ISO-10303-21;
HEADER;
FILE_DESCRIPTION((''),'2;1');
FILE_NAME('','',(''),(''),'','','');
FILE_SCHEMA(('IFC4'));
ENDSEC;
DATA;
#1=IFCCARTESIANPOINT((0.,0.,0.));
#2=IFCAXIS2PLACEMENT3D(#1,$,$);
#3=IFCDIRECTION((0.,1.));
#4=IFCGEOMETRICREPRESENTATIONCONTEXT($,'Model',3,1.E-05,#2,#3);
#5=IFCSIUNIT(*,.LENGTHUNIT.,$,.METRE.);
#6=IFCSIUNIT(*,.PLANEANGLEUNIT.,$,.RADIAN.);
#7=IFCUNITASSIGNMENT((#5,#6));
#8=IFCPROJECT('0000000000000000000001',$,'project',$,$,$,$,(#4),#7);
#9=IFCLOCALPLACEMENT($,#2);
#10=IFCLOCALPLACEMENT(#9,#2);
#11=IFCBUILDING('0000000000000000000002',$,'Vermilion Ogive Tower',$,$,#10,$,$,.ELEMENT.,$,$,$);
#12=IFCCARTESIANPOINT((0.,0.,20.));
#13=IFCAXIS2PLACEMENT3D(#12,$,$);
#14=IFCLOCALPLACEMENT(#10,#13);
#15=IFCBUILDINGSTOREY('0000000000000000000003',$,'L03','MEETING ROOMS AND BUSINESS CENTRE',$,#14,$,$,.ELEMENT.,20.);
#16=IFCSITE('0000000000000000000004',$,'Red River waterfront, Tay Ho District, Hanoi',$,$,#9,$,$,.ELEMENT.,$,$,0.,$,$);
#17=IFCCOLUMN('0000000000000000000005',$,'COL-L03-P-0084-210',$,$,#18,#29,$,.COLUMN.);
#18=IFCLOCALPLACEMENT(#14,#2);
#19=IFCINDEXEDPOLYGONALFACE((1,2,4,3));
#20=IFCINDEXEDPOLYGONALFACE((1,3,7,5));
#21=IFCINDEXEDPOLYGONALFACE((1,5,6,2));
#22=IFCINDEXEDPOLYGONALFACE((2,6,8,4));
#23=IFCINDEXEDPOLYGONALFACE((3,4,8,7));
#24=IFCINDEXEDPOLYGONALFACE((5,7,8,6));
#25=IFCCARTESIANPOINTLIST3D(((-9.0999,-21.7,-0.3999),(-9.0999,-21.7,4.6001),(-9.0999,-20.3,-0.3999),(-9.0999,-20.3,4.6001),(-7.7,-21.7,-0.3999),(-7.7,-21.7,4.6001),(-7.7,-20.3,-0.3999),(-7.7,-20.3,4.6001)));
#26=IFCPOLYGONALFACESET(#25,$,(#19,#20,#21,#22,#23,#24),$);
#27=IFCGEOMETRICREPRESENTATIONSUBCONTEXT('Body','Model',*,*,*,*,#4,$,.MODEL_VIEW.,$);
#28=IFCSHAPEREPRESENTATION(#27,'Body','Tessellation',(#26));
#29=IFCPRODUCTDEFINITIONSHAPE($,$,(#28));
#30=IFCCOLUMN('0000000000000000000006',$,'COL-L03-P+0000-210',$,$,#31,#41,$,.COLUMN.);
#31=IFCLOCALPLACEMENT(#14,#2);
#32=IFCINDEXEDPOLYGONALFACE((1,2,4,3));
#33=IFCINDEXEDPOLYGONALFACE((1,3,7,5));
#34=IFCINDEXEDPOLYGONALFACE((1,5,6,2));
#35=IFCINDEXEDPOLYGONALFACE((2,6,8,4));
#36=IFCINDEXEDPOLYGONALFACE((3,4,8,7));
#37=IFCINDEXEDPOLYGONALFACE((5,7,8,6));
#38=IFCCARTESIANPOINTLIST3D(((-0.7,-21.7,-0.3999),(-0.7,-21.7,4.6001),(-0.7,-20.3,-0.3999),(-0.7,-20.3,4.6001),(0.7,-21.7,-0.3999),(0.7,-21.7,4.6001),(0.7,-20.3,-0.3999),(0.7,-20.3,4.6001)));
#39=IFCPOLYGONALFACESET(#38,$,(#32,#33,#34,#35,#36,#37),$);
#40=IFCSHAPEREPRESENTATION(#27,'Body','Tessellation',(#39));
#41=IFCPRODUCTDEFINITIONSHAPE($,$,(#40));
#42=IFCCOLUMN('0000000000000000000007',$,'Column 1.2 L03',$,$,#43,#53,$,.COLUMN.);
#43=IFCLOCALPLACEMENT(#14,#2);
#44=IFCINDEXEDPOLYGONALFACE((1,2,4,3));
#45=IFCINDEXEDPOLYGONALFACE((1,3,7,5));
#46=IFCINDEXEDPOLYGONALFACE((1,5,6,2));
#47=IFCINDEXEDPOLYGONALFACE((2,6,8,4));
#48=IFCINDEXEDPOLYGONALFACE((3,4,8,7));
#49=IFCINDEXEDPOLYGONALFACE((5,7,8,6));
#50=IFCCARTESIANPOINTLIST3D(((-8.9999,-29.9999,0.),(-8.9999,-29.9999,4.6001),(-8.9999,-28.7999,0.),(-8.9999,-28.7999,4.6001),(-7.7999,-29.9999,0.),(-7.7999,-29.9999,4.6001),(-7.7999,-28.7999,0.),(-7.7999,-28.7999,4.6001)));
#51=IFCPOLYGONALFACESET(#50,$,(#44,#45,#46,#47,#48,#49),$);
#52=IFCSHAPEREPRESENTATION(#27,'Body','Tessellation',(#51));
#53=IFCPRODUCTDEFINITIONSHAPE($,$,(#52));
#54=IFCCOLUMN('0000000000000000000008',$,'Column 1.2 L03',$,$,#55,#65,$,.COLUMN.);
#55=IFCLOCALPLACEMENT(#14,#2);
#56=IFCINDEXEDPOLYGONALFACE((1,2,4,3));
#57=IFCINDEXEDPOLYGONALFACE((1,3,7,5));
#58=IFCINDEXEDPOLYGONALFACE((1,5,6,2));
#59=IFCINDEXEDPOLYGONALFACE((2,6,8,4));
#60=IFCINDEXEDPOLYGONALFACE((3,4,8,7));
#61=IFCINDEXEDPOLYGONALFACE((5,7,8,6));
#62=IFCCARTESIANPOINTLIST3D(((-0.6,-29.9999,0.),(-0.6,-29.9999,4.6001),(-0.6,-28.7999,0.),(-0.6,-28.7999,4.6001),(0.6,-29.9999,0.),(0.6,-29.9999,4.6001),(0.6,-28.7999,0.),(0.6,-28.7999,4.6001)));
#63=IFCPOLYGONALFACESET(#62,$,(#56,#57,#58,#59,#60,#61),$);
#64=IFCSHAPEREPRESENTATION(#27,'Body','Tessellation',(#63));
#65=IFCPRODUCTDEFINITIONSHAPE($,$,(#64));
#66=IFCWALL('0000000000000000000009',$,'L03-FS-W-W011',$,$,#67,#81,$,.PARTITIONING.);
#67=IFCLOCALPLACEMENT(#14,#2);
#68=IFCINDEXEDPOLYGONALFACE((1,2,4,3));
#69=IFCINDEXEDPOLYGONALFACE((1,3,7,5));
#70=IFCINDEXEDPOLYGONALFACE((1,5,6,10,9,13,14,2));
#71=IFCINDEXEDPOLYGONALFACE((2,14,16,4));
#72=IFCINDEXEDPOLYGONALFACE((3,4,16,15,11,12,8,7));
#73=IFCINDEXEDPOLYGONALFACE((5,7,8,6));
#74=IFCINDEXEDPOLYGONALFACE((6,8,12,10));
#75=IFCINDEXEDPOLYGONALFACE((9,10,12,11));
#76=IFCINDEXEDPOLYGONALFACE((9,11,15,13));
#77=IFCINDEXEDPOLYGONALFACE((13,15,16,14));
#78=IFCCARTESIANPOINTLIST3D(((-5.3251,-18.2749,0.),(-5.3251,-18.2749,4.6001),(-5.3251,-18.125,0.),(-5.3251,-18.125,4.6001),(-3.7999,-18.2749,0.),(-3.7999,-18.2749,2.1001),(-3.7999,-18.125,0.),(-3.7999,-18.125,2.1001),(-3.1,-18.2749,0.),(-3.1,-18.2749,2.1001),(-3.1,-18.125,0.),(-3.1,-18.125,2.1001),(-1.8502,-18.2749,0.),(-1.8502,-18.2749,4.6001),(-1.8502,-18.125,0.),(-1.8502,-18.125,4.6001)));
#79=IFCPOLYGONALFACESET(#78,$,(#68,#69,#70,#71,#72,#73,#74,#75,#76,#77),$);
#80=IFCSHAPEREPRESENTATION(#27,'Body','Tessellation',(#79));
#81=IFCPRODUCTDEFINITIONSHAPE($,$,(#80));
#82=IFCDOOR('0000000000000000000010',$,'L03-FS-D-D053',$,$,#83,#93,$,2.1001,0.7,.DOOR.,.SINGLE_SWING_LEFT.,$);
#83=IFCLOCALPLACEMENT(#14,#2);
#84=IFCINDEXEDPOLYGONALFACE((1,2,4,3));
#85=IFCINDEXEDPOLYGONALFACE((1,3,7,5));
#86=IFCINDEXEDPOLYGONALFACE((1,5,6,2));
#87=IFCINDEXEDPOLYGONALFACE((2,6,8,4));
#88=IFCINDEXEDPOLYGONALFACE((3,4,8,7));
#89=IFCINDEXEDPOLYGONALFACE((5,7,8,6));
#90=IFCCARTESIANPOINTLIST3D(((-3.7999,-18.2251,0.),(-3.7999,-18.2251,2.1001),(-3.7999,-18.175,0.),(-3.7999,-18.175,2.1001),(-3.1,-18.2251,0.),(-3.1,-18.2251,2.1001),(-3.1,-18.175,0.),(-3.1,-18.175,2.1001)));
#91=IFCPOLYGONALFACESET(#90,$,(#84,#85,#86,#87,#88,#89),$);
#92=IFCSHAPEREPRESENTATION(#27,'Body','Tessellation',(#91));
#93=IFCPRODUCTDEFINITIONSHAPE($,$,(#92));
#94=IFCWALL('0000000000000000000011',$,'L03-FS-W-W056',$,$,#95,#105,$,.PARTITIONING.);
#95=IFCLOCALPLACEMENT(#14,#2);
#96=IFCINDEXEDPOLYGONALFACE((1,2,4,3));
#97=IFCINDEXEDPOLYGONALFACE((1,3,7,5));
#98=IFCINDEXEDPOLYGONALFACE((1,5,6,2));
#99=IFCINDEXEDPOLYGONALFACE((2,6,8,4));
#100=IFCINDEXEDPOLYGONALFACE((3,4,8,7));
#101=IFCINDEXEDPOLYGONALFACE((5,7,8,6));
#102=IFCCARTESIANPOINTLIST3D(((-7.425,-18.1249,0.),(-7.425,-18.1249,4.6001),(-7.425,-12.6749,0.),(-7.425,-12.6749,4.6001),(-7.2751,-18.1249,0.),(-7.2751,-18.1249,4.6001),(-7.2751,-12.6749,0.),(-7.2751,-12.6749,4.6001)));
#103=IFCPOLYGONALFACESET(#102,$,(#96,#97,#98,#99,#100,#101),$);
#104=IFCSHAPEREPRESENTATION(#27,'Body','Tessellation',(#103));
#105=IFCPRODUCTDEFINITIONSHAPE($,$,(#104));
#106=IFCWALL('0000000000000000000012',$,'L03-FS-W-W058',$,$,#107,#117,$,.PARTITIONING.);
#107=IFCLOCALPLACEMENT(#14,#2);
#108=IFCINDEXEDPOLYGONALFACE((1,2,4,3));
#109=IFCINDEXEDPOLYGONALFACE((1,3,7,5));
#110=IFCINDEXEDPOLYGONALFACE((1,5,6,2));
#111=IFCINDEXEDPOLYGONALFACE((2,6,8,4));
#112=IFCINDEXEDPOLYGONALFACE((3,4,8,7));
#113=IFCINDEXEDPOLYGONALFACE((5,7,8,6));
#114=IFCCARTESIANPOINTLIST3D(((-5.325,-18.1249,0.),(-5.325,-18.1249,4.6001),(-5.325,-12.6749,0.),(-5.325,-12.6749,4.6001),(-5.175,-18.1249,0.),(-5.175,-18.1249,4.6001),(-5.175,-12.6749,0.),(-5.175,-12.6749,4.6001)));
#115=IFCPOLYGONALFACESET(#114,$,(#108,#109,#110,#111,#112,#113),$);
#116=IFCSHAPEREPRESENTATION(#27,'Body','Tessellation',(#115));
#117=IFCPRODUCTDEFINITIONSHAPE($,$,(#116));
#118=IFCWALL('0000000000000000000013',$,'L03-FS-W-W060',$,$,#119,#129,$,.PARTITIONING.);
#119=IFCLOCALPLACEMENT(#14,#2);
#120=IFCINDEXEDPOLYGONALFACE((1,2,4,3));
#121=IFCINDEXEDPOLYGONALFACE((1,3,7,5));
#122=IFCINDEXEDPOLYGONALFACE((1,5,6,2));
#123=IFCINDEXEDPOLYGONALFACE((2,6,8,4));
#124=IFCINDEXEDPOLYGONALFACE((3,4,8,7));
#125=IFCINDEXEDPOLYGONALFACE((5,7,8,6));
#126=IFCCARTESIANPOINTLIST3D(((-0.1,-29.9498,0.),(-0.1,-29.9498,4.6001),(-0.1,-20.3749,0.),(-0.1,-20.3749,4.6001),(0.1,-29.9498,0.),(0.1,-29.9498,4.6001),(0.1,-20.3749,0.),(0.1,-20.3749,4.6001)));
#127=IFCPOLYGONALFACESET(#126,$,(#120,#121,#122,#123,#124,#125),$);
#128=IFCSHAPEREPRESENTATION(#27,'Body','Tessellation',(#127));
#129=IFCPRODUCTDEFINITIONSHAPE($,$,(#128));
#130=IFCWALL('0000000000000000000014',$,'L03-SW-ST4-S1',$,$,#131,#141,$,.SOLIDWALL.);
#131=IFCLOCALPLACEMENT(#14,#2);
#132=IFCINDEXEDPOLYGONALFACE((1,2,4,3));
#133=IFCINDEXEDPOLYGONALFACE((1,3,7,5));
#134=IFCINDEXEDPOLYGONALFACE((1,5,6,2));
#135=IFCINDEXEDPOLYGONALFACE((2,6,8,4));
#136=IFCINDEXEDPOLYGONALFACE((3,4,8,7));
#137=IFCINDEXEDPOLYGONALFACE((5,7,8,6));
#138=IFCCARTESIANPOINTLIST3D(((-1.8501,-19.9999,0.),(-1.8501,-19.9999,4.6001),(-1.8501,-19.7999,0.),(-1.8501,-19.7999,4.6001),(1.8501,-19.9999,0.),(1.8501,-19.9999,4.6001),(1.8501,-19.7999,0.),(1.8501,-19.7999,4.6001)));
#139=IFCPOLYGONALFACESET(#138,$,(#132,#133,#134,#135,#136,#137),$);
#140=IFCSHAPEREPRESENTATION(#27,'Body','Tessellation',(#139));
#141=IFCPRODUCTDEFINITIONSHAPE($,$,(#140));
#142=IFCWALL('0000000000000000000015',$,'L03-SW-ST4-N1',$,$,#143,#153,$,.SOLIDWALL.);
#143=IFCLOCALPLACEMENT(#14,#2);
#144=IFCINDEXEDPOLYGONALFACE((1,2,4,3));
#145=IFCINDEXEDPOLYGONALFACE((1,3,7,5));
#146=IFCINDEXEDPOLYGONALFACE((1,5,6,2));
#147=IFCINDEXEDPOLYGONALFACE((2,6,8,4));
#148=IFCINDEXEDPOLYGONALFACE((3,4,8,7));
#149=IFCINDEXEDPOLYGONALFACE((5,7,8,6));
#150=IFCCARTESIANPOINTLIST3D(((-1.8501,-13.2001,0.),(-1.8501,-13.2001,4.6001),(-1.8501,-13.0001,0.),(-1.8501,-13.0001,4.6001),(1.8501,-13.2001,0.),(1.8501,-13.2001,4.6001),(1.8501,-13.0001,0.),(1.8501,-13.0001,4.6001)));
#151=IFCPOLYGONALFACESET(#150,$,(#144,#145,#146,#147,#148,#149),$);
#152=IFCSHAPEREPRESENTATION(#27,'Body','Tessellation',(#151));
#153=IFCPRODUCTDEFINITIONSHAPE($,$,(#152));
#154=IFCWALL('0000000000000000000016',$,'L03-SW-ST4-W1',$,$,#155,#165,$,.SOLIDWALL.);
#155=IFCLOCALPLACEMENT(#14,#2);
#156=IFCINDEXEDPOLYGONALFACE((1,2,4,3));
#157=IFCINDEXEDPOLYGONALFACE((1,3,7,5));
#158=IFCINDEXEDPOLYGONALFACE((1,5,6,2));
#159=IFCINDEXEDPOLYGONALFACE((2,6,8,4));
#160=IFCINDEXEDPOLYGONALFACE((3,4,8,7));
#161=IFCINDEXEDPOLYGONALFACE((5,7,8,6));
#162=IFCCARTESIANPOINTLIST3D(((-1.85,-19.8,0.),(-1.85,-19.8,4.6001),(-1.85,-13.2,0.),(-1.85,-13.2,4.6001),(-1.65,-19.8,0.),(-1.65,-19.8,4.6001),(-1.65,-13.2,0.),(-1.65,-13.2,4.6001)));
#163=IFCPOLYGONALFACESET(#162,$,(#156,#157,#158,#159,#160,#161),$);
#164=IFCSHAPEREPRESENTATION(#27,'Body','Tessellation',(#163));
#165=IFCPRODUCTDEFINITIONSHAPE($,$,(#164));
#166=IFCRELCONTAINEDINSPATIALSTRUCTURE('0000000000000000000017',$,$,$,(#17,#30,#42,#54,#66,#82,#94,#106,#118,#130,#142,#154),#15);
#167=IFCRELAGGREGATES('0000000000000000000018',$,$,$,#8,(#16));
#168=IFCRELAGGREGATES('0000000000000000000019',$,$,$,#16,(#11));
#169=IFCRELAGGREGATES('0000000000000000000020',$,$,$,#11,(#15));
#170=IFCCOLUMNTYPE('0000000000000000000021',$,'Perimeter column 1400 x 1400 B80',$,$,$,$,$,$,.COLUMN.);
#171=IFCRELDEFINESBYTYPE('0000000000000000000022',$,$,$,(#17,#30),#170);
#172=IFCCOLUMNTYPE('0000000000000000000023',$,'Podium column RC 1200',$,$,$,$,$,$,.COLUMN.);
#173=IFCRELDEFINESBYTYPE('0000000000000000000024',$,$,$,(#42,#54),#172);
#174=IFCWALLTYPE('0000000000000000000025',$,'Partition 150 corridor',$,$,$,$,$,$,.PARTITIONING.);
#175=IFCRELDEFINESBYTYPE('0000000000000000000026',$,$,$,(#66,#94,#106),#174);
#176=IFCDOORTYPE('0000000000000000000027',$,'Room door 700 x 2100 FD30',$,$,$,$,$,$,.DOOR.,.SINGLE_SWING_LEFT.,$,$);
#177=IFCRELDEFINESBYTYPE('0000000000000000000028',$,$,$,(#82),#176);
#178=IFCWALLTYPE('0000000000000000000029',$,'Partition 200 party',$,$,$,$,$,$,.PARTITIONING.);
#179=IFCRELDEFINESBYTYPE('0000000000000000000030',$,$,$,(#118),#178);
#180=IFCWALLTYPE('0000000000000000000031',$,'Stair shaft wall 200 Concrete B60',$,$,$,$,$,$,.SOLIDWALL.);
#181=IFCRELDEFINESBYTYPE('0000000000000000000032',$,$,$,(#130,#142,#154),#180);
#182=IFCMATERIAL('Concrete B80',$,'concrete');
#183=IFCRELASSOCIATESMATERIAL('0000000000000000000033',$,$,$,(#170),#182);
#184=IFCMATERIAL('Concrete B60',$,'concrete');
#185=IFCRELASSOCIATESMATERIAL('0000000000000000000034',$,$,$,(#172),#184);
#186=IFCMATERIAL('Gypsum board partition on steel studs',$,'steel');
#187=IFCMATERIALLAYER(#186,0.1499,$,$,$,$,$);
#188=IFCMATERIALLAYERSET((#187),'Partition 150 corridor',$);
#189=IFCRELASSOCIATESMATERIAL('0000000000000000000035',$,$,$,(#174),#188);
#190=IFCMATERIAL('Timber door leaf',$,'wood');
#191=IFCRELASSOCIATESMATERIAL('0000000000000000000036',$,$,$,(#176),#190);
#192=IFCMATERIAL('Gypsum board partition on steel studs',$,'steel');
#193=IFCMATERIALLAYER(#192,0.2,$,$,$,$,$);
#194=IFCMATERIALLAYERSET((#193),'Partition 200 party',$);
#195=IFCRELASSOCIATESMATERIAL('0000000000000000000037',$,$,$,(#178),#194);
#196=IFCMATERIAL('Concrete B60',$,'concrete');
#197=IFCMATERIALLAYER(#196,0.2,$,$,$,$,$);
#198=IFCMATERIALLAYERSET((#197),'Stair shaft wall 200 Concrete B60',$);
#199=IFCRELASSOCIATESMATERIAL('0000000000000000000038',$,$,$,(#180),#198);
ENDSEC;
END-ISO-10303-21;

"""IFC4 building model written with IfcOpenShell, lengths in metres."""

from ifc_helpers import new_model, si_unit, direction, frame, frame_2d, origin, origin_2d, place, context, subcontext, project, spatial, rectangle, extrude, material, layer, layer_set, material_profile, profile_set, type_object, element, fill, save


model = new_model("IFC4")

# Units and contexts
model_context = context("Model", 3, precision=1e-05, world=origin(), true_north=direction((0.0, 1.0)))
body_context = subcontext(model_context, "Body", "Model", "MODEL_VIEW")
ifc_project = project(units=[si_unit("LENGTHUNIT", "METRE"), si_unit("PLANEANGLEUNIT", "RADIAN")], contexts=[model_context])

# Site, building, storey
site_placement = place(None, origin())
site = spatial("IfcSite", under=ifc_project, at=site_placement, Name="Red River waterfront, Tay Ho District, Hanoi", CompositionType="ELEMENT", RefElevation=0.0)
building_placement = place(site_placement, origin())
building = spatial("IfcBuilding", under=site, at=building_placement, Name="Vermilion Ogive Tower", CompositionType="ELEMENT")
storey_placement = place(building_placement, frame((0.0, 0.0, 20.0)))
storey = spatial("IfcBuildingStorey", under=building, at=storey_placement, Name="L03", Description="MEETING ROOMS AND BUSINESS CENTRE", CompositionType="ELEMENT", Elevation=20.0)

# Columns
ifc_material_1 = material(Name="Concrete B80", Category="concrete")
ifc_material_profile_1 = material_profile(ifc_material_1, rectangle(XDim=1.3999, YDim=1.3999, at=origin_2d()), Name="1400 x 1400")
ifc_profile_set_1 = profile_set([ifc_material_profile_1], Name="Concrete B80")
column_type_1 = type_object("IfcColumnType", Name="Perimeter column 1400 x 1400 B80", PredefinedType="COLUMN", material=ifc_profile_set_1)
for number, where, z_axis, x_axis, name in (
    (1, (-8.3999, -21.0, -0.3999), (0.0, 0.0, 1.0), (1.0, 0.0, 0.0), "COL-L03-P-0084-210"),
    (2, (0.0, -21.0, -0.3999), (0.0, 0.0, 1.0), (1.0, 0.0, 0.0), "COL-L03-P+0000-210"),
):
    element("IfcColumn", number, at=place(storey_placement, frame(where, z_axis=z_axis, x_axis=x_axis)), inside=storey, type_object=column_type_1, Name=name, PredefinedType="COLUMN", context=body_context, shape_type="SweptSolid", body=[
        extrude(rectangle(XDim=1.3999, YDim=1.3999, at=origin_2d()), origin(), (0.0, 0.0, 1.0), 5.0),
    ])
ifc_material_2 = material(Name="Concrete B60", Category="concrete")
ifc_material_profile_2 = material_profile(ifc_material_2, rectangle(XDim=1.2, YDim=1.2, at=origin_2d()), Name="RC 1200x1200")
ifc_profile_set_2 = profile_set([ifc_material_profile_2], Name="Concrete B60")
column_type_2 = type_object("IfcColumnType", Name="Podium column RC 1200", PredefinedType="COLUMN", material=ifc_profile_set_2)
for number, where, z_axis, x_axis, name in (
    (3, (-8.3999, -29.3999, 0.0), (0.0, 0.0, 1.0), (1.0, 0.0, 0.0), "Column 1.2 L03"),
    (4, (0.0, -29.3999, 0.0), (0.0, 0.0, 1.0), (1.0, 0.0, 0.0), "Column 1.2 L03"),
):
    element("IfcColumn", number, at=place(storey_placement, frame(where, z_axis=z_axis, x_axis=x_axis)), inside=storey, type_object=column_type_2, Name=name, PredefinedType="COLUMN", context=body_context, shape_type="SweptSolid", body=[
        extrude(rectangle(XDim=1.2, YDim=1.2, at=origin_2d()), origin(), (0.0, 0.0, 1.0), 4.6001),
    ])

# Wall, opening, door
ifc_material_3 = material(Name="Gypsum board partition on steel studs", Category="steel")
ifc_layer_1 = layer(ifc_material_3, 0.1499)
ifc_layer_set_1 = layer_set([ifc_layer_1], Name="Partition 150 corridor")
wall_type_1 = type_object("IfcWallType", Name="Partition 150 corridor", PredefinedType="PARTITIONING", material=ifc_layer_set_1)
wall_1_placement = place(storey_placement, frame((-5.325, -18.2, 0.0), z_axis=(0.0, 0.0, 1.0), x_axis=(1.0, 0.0, 0.0)))
wall_1 = element("IfcWall", 5, at=wall_1_placement, inside=storey, type_object=wall_type_1, Name="L03-FS-W-W011", PredefinedType="PARTITIONING", context=body_context, shape_type="SweptSolid", body=[
    extrude(rectangle(XDim=3.4749, YDim=0.1499, at=frame_2d((1.7373, 0.0))), origin(), (0.0, 0.0, 1.0), 4.6001),
])
opening_1_placement = place(wall_1_placement, frame((1.5249, 0.0, 0.0)))
opening_1 = element("IfcOpeningElement", 6, at=opening_1_placement, cuts=wall_1, PredefinedType="OPENING", context=body_context, shape_type="SweptSolid", body=[
    extrude(rectangle(XDim=0.7, YDim=2.1001, at=frame_2d((0.3501, 1.05))), frame((0.0, 0.085, 0.0), z_axis=(0.0, -1.0, 0.0), x_axis=(1.0, 0.0, 0.0)), (0.0, 0.0, 1.0), 0.1699),
])
ifc_material_4 = material(Name="Timber door leaf", Category="wood")
door_type = type_object("IfcDoorType", Name="Room door 700 x 2100 FD30", OperationType="SINGLE_SWING_LEFT", PredefinedType="DOOR", material=ifc_material_4)
door_placement = place(opening_1_placement, origin())
door = element("IfcDoor", 7, at=door_placement, inside=storey, type_object=door_type, Name="L03-FS-D-D053", OperationType="SINGLE_SWING_LEFT", OverallHeight=2.1001, OverallWidth=0.7, PredefinedType="DOOR", context=body_context, shape_type="SweptSolid", body=[
    extrude(rectangle(XDim=0.7, YDim=2.1001, at=frame_2d((0.3501, 1.05))), frame((0.0, 0.0249, 0.0), z_axis=(0.0, -1.0, 0.0), x_axis=(1.0, 0.0, 0.0)), (0.0, 0.0, 1.0), 0.05),
])
fill(opening_1, door)

# Walls
for number, where, z_axis, x_axis, name in (
    (8, (-7.3501, -18.125, 0.0), (0.0, 0.0, 1.0), (0.0, 1.0, 0.0), "L03-FS-W-W056"),
    (9, (-5.25, -18.125, 0.0), (0.0, 0.0, 1.0), (0.0, 1.0, 0.0), "L03-FS-W-W058"),
):
    element("IfcWall", number, at=place(storey_placement, frame(where, z_axis=z_axis, x_axis=x_axis)), inside=storey, type_object=wall_type_1, Name=name, PredefinedType="PARTITIONING", context=body_context, shape_type="SweptSolid", body=[
        extrude(rectangle(XDim=5.45, YDim=0.1499, at=frame_2d((2.7251, 0.0))), origin(), (0.0, 0.0, 1.0), 4.6001),
    ])
ifc_material_5 = material(Name="Gypsum board partition on steel studs", Category="steel")
ifc_layer_2 = layer(ifc_material_5, 0.2)
ifc_layer_set_2 = layer_set([ifc_layer_2], Name="Partition 200 party")
wall_type_2 = type_object("IfcWallType", Name="Partition 200 party", PredefinedType="PARTITIONING", material=ifc_layer_set_2)
wall_2_placement = place(storey_placement, frame((0.0, -29.95, 0.0), z_axis=(0.0, 0.0, 1.0), x_axis=(0.0, 1.0, 0.0)))
element("IfcWall", 10, at=wall_2_placement, inside=storey, type_object=wall_type_2, Name="L03-FS-W-W060", PredefinedType="PARTITIONING", context=body_context, shape_type="SweptSolid", body=[
    extrude(rectangle(XDim=9.575, YDim=0.2, at=frame_2d((4.7876, 0.0))), origin(), (0.0, 0.0, 1.0), 4.6001),
])
ifc_material_6 = material(Name="Concrete B60", Category="concrete")
ifc_layer_3 = layer(ifc_material_6, 0.2)
ifc_layer_set_3 = layer_set([ifc_layer_3], Name="Stair shaft wall 200 Concrete B60")
wall_type_3 = type_object("IfcWallType", Name="Stair shaft wall 200 Concrete B60", PredefinedType="SOLIDWALL", material=ifc_layer_set_3)
for number, where, z_axis, x_axis, name in (
    (11, (-1.8501, -19.8999, 0.0), (0.0, 0.0, 1.0), (1.0, 0.0, 0.0), "L03-SW-ST4-S1"),
    (12, (-1.8501, -13.1001, 0.0), (0.0, 0.0, 1.0), (1.0, 0.0, 0.0), "L03-SW-ST4-N1"),
):
    element("IfcWall", number, at=place(storey_placement, frame(where, z_axis=z_axis, x_axis=x_axis)), inside=storey, type_object=wall_type_3, Name=name, PredefinedType="SOLIDWALL", context=body_context, shape_type="SweptSolid", body=[
        extrude(rectangle(XDim=3.7002, YDim=0.2, at=frame_2d((1.8501, 0.0))), origin(), (0.0, 0.0, 1.0), 4.6001),
    ])
wall_3_placement = place(storey_placement, frame((-1.75, -19.8, 0.0), z_axis=(0.0, 0.0, 1.0), x_axis=(0.0, 1.0, 0.0)))
element("IfcWall", 13, at=wall_3_placement, inside=storey, type_object=wall_type_3, Name="L03-SW-ST4-W1", PredefinedType="SOLIDWALL", context=body_context, shape_type="SweptSolid", body=[
    extrude(rectangle(XDim=6.6001, YDim=0.2, at=frame_2d((3.3, 0.0))), origin(), (0.0, 0.0, 1.0), 4.6001),
])

save(model, "model.ifc")
